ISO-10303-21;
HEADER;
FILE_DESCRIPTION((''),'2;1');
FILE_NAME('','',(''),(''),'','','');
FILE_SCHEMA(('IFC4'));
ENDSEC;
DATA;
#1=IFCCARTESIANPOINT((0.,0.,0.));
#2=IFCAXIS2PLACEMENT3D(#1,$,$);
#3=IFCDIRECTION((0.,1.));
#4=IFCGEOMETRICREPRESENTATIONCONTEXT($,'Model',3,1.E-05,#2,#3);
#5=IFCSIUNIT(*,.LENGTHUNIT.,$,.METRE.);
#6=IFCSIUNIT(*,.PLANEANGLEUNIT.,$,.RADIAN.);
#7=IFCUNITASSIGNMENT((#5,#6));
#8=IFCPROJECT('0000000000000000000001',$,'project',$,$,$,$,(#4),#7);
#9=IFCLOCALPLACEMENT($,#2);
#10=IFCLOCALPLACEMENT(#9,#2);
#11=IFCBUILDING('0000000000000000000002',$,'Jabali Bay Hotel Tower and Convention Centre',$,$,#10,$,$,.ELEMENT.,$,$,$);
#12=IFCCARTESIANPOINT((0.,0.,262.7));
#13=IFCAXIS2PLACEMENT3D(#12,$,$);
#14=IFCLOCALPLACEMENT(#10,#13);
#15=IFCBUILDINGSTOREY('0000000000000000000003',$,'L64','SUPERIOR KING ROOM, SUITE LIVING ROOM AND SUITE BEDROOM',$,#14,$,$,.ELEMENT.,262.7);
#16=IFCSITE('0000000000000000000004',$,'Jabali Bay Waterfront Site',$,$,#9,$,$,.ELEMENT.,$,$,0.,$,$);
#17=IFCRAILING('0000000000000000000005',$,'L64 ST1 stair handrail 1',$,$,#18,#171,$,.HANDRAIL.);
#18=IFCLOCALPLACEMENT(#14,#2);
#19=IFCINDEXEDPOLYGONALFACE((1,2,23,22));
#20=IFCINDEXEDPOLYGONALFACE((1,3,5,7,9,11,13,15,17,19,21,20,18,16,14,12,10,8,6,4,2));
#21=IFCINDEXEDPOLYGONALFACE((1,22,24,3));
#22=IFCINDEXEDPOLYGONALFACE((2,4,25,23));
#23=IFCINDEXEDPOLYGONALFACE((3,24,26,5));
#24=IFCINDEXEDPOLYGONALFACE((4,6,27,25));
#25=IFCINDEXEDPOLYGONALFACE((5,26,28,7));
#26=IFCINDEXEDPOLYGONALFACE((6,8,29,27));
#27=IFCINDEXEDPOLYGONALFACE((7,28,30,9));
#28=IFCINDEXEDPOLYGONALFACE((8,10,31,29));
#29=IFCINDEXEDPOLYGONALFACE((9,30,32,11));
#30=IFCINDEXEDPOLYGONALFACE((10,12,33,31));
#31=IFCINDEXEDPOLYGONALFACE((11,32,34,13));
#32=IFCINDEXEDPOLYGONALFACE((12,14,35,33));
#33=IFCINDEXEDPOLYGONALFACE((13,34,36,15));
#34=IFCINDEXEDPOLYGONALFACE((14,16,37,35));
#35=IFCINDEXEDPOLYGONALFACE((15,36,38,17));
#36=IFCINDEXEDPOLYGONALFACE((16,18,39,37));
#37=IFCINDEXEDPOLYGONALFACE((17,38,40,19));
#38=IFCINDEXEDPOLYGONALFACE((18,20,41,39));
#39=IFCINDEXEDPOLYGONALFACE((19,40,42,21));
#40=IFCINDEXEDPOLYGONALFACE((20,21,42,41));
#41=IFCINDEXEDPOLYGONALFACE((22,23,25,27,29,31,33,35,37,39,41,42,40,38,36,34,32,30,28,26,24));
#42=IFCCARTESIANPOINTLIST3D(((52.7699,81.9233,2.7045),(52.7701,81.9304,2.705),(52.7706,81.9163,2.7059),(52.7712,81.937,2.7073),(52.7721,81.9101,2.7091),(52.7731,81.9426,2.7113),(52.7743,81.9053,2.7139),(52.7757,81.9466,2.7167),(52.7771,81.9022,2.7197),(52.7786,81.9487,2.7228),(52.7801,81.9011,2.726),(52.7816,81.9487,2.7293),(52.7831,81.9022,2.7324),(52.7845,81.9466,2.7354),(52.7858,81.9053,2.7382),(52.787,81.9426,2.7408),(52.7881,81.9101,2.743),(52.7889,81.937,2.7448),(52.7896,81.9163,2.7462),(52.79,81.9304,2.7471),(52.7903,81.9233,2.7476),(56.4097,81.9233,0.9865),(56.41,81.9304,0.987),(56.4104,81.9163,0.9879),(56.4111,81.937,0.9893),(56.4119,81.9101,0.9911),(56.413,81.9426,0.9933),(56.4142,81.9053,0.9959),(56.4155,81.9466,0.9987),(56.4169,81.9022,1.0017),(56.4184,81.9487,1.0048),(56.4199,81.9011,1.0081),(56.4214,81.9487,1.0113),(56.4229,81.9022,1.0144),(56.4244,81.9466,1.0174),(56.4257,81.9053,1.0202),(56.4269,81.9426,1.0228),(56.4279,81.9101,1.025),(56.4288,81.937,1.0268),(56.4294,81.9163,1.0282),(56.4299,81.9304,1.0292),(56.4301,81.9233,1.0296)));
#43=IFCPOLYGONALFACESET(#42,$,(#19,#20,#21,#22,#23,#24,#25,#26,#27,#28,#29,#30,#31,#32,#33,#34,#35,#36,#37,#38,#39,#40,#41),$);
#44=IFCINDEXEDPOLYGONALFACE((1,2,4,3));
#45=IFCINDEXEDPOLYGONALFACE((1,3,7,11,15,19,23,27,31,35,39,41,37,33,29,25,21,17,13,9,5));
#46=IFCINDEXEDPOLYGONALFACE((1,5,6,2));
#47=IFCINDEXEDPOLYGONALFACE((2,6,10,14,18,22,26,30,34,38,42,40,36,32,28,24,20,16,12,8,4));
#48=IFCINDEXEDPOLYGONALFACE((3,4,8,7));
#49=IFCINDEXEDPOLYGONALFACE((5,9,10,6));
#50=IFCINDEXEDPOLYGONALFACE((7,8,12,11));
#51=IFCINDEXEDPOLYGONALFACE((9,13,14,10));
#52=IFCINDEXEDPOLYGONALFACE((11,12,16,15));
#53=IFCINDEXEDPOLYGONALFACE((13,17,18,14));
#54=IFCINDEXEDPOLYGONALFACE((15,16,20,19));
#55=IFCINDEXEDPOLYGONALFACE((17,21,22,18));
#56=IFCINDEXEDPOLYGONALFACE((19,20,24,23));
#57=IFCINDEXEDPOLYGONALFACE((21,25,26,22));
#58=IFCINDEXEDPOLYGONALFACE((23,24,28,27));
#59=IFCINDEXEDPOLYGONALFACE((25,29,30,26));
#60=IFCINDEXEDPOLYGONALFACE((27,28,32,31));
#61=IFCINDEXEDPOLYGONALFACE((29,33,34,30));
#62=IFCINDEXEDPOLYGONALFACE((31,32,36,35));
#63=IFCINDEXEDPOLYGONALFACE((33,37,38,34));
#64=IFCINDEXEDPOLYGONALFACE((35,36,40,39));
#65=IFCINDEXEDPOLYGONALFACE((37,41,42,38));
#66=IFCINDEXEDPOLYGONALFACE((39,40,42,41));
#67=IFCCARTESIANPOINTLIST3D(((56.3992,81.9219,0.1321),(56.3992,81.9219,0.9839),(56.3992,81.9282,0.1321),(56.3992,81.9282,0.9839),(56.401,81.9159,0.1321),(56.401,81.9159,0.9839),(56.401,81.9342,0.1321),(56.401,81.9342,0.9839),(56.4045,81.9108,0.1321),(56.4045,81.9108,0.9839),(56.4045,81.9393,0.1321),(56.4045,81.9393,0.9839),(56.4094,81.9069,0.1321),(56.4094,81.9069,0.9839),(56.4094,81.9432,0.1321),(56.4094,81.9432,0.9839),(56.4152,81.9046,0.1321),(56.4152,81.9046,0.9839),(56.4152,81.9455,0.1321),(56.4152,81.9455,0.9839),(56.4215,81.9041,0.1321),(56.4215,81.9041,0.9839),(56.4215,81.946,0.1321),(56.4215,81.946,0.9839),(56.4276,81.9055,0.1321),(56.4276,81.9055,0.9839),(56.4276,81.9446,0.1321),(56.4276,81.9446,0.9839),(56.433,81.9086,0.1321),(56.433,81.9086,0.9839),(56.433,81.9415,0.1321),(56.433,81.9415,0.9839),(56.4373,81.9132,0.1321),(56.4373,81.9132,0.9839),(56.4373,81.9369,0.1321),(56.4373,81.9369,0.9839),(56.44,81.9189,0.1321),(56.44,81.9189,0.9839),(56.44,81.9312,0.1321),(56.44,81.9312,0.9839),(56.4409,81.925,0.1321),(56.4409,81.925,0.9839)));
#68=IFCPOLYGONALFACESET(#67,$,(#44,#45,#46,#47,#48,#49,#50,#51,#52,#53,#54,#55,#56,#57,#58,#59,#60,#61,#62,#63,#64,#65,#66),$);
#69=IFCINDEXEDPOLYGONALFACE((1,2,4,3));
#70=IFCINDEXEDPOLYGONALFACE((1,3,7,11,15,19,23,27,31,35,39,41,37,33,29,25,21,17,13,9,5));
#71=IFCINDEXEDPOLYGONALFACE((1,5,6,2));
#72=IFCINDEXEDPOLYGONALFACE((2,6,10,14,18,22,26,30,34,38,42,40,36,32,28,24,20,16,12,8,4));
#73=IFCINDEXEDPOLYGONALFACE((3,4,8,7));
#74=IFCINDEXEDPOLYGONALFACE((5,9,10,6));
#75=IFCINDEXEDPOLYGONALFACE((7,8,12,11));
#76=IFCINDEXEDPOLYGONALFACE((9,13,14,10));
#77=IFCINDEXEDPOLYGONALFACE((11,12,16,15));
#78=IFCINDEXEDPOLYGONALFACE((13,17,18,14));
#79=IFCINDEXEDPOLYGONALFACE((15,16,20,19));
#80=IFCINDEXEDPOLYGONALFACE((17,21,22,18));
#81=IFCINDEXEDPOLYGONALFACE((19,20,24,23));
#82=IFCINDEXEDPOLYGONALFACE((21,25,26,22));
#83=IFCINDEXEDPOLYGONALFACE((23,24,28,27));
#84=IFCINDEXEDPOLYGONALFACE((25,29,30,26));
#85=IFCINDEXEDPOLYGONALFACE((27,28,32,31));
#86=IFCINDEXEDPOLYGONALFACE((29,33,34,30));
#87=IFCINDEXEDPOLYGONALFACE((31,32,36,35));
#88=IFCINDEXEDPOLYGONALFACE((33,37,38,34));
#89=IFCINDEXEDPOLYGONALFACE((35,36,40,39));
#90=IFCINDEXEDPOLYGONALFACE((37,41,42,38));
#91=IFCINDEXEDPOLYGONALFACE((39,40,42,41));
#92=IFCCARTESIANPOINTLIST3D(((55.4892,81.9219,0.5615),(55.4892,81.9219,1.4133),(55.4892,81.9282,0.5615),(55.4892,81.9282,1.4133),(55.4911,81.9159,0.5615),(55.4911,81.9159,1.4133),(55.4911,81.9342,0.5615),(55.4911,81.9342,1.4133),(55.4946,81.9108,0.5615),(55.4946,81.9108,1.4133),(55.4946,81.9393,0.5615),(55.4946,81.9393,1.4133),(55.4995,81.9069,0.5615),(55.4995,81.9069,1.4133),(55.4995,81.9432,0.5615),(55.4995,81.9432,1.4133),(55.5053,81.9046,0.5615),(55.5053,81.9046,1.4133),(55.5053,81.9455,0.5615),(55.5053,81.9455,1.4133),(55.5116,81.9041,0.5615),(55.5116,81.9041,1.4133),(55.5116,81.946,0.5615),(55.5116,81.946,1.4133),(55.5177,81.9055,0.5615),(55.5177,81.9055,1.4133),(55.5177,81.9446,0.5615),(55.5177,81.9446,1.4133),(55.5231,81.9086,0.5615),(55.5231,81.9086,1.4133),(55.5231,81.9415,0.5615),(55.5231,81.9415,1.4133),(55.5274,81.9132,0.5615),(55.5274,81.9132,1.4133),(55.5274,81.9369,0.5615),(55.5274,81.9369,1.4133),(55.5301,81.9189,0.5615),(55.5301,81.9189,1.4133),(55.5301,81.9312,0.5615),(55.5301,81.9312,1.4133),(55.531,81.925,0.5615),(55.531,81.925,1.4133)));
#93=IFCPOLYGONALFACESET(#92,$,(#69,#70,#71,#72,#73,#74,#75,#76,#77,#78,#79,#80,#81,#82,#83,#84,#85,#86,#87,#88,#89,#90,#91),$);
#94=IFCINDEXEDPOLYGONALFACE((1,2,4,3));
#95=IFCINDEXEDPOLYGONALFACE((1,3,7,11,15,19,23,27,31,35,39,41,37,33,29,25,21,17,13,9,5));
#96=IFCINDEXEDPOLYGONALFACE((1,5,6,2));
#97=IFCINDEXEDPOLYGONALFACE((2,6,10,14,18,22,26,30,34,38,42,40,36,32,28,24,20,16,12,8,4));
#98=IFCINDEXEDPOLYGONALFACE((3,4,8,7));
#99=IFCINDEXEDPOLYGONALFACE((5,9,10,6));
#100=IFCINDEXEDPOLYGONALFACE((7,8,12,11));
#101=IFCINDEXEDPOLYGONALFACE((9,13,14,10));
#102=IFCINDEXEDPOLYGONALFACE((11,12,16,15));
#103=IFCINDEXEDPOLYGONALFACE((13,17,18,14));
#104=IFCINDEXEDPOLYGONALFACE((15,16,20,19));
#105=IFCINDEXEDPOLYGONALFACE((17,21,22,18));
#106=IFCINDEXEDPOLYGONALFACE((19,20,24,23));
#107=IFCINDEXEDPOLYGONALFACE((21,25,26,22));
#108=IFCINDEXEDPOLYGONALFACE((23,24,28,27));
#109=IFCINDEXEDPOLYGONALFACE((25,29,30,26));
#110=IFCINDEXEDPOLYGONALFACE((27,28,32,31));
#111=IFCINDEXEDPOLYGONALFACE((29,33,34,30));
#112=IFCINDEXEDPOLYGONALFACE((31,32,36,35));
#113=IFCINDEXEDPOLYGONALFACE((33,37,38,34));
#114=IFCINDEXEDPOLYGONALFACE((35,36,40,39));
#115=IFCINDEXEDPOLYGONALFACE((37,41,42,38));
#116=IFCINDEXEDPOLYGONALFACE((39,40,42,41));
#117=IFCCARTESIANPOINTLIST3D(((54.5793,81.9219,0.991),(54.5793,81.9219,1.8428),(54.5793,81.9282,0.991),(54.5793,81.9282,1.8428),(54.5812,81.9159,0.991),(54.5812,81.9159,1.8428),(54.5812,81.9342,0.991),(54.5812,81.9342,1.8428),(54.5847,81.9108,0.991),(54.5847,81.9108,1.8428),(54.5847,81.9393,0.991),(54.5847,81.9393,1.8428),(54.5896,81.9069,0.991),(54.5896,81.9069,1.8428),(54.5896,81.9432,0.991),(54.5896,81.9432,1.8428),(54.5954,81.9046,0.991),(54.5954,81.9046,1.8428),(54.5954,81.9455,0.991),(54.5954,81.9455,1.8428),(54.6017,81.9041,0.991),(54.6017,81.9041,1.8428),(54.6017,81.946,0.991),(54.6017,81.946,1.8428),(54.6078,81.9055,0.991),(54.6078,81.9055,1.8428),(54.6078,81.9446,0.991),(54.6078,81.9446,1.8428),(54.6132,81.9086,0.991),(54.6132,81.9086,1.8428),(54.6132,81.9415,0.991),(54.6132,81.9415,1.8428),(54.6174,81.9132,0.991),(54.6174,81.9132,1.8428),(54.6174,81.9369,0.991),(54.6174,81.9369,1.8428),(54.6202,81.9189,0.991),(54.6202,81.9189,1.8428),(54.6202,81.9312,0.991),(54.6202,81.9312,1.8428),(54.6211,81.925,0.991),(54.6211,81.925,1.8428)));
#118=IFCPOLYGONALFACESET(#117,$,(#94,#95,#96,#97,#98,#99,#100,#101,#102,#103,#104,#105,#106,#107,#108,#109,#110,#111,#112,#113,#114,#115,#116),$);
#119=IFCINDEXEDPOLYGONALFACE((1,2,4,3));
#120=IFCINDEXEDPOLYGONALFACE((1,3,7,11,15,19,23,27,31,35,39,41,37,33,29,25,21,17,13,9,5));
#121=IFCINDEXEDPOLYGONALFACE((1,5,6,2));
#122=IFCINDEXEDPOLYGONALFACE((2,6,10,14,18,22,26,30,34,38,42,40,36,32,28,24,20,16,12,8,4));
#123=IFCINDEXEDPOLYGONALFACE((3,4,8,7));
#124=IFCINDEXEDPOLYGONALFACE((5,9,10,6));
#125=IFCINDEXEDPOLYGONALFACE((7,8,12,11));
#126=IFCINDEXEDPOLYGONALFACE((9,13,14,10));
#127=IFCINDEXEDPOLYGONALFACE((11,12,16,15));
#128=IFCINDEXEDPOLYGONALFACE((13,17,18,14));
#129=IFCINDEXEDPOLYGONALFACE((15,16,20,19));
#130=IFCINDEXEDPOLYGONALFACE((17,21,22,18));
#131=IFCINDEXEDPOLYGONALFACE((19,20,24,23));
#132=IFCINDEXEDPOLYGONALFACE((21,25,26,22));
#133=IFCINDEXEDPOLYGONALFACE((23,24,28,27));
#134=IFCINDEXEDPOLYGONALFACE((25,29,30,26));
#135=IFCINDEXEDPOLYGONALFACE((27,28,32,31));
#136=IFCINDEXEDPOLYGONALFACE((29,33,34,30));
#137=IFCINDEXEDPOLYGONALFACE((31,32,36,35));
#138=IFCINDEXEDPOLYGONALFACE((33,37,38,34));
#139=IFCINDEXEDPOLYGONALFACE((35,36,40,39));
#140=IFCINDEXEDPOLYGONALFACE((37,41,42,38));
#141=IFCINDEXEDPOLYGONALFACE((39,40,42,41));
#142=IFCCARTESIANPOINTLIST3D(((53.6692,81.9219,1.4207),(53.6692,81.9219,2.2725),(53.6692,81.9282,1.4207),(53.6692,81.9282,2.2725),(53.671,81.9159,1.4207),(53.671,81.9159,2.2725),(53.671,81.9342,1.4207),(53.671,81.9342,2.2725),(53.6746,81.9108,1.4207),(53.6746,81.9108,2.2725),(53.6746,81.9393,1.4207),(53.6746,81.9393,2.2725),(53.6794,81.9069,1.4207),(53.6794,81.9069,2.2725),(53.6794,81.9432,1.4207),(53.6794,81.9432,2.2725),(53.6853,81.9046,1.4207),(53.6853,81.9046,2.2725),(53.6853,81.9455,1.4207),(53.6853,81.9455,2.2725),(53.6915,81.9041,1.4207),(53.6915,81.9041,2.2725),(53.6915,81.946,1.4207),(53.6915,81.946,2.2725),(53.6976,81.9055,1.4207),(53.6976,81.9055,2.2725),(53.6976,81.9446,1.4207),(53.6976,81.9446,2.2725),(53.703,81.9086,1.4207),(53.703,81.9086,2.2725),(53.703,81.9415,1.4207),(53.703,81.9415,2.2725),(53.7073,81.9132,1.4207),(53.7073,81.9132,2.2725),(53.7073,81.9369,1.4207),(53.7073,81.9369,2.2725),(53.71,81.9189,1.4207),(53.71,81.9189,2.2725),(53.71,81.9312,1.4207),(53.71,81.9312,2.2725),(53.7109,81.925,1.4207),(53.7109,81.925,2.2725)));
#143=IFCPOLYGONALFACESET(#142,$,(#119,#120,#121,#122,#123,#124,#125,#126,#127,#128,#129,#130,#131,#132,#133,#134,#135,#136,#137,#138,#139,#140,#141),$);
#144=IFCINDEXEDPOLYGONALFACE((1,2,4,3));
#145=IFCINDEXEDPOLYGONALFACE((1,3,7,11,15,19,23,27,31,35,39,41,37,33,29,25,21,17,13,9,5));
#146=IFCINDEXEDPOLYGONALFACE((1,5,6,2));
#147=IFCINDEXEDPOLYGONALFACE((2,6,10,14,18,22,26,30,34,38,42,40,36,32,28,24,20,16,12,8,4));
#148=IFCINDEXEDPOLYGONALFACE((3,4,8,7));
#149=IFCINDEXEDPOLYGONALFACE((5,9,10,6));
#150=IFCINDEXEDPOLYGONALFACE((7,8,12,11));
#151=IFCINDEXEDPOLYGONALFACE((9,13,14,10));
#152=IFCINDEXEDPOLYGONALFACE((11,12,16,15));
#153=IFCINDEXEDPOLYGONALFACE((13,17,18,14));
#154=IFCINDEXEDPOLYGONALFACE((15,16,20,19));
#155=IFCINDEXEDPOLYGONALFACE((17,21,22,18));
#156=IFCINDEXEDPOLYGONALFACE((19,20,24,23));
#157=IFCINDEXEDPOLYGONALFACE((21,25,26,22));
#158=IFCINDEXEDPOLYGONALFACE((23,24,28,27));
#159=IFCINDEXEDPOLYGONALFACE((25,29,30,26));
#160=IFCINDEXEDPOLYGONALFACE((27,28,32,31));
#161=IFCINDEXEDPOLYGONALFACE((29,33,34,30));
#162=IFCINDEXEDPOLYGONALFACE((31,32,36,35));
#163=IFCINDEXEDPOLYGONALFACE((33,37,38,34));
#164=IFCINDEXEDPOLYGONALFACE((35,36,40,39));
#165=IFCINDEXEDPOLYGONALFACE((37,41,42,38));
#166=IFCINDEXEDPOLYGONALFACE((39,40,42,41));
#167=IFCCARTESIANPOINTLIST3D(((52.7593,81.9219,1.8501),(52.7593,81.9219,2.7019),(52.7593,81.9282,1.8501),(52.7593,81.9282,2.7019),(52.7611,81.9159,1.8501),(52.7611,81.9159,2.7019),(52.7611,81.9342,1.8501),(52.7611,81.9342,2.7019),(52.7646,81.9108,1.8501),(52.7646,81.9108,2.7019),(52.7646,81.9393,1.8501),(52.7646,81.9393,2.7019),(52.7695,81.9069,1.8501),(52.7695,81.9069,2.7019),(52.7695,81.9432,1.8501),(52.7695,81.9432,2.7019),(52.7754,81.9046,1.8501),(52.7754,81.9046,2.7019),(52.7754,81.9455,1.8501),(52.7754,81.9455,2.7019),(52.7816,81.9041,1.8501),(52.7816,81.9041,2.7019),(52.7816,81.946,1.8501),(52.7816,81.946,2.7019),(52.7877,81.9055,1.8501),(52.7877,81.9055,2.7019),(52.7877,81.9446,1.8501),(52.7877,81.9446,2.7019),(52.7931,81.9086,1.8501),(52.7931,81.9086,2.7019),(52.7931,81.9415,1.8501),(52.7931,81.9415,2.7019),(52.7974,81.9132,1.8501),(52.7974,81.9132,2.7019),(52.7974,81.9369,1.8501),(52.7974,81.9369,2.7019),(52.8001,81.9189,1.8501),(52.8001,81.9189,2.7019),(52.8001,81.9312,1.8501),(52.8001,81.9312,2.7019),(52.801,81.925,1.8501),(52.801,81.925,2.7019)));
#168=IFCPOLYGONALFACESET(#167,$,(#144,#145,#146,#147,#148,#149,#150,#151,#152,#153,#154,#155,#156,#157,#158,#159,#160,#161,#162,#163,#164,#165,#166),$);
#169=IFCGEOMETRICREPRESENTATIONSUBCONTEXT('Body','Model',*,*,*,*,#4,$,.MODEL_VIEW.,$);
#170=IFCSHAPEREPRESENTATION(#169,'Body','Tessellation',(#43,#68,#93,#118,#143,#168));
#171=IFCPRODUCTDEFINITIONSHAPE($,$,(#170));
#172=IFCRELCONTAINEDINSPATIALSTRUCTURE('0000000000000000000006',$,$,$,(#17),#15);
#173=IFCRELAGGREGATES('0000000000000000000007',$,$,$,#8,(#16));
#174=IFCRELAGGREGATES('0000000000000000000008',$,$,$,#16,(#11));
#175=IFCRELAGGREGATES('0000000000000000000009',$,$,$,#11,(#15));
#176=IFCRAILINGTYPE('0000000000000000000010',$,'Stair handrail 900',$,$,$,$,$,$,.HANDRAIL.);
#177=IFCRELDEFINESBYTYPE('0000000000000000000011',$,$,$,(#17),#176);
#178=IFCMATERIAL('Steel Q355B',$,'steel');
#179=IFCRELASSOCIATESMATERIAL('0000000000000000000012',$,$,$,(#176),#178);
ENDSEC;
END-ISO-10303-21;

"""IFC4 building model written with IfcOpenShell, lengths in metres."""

from ifc_helpers import new_model, si_unit, direction, frame, origin, origin_2d, place, context, subcontext, project, spatial, circle, extrude, material, type_object, element, save


model = new_model("IFC4")

# Units and contexts
model_context = context("Model", 3, precision=1e-05, world=origin(), true_north=direction((0.0, 1.0)))
body_context = subcontext(model_context, "Body", "Model", "MODEL_VIEW")
ifc_project = project(units=[si_unit("LENGTHUNIT", "METRE"), si_unit("PLANEANGLEUNIT", "RADIAN")], contexts=[model_context])

# Site, building, storey
site_placement = place(None, origin())
site = spatial("IfcSite", under=ifc_project, at=site_placement, Name="Jabali Bay Waterfront Site", CompositionType="ELEMENT", RefElevation=0.0)
building_placement = place(site_placement, origin())
building = spatial("IfcBuilding", under=site, at=building_placement, Name="Jabali Bay Hotel Tower and Convention Centre", CompositionType="ELEMENT")
storey_placement = place(building_placement, frame((0.0, 0.0, 262.7)))
storey = spatial("IfcBuildingStorey", under=building, at=storey_placement, Name="L64", Description="SUPERIOR KING ROOM, SUITE LIVING ROOM AND SUITE BEDROOM", CompositionType="ELEMENT", Elevation=262.7)

# Railing
ifc_material_1 = material(Name="Steel Q355B", Category="steel")
railing_type_1 = type_object("IfcRailingType", Name="Stair handrail 900", PredefinedType="HANDRAIL", material=ifc_material_1)
railing_1_placement = place(storey_placement, frame((56.4199, 81.925, 0.1321)))
element("IfcRailing", 1, at=railing_1_placement, inside=storey, type_object=railing_type_1, Name="L64 ST1 stair handrail 1", PredefinedType="HANDRAIL", context=body_context, shape_type="SweptSolid", body=[
    extrude(circle(Radius=0.0239, at=origin_2d()), frame((0.0, 0.0, 0.876), z_axis=(-0.904327, 0.0, 0.42684), x_axis=(0.0, -1.0, 0.0)), (0.0, 0.0, 1.0), 4.0249),
    extrude(circle(Radius=0.021, at=origin_2d()), origin(), (0.0, 0.0, 1.0), 0.8518),
    extrude(circle(Radius=0.021, at=origin_2d()), frame((-0.9099, 0.0, 0.4294)), (0.0, 0.0, 1.0), 0.8518),
    extrude(circle(Radius=0.021, at=origin_2d()), frame((-1.8198, 0.0, 0.8589)), (0.0, 0.0, 1.0), 0.8518),
    extrude(circle(Radius=0.021, at=origin_2d()), frame((-2.73, 0.0, 1.2886)), (0.0, 0.0, 1.0), 0.8518),
    extrude(circle(Radius=0.021, at=origin_2d()), frame((-3.6399, 0.0, 1.718)), (0.0, 0.0, 1.0), 0.8518),
])

save(model, "model.ifc")
